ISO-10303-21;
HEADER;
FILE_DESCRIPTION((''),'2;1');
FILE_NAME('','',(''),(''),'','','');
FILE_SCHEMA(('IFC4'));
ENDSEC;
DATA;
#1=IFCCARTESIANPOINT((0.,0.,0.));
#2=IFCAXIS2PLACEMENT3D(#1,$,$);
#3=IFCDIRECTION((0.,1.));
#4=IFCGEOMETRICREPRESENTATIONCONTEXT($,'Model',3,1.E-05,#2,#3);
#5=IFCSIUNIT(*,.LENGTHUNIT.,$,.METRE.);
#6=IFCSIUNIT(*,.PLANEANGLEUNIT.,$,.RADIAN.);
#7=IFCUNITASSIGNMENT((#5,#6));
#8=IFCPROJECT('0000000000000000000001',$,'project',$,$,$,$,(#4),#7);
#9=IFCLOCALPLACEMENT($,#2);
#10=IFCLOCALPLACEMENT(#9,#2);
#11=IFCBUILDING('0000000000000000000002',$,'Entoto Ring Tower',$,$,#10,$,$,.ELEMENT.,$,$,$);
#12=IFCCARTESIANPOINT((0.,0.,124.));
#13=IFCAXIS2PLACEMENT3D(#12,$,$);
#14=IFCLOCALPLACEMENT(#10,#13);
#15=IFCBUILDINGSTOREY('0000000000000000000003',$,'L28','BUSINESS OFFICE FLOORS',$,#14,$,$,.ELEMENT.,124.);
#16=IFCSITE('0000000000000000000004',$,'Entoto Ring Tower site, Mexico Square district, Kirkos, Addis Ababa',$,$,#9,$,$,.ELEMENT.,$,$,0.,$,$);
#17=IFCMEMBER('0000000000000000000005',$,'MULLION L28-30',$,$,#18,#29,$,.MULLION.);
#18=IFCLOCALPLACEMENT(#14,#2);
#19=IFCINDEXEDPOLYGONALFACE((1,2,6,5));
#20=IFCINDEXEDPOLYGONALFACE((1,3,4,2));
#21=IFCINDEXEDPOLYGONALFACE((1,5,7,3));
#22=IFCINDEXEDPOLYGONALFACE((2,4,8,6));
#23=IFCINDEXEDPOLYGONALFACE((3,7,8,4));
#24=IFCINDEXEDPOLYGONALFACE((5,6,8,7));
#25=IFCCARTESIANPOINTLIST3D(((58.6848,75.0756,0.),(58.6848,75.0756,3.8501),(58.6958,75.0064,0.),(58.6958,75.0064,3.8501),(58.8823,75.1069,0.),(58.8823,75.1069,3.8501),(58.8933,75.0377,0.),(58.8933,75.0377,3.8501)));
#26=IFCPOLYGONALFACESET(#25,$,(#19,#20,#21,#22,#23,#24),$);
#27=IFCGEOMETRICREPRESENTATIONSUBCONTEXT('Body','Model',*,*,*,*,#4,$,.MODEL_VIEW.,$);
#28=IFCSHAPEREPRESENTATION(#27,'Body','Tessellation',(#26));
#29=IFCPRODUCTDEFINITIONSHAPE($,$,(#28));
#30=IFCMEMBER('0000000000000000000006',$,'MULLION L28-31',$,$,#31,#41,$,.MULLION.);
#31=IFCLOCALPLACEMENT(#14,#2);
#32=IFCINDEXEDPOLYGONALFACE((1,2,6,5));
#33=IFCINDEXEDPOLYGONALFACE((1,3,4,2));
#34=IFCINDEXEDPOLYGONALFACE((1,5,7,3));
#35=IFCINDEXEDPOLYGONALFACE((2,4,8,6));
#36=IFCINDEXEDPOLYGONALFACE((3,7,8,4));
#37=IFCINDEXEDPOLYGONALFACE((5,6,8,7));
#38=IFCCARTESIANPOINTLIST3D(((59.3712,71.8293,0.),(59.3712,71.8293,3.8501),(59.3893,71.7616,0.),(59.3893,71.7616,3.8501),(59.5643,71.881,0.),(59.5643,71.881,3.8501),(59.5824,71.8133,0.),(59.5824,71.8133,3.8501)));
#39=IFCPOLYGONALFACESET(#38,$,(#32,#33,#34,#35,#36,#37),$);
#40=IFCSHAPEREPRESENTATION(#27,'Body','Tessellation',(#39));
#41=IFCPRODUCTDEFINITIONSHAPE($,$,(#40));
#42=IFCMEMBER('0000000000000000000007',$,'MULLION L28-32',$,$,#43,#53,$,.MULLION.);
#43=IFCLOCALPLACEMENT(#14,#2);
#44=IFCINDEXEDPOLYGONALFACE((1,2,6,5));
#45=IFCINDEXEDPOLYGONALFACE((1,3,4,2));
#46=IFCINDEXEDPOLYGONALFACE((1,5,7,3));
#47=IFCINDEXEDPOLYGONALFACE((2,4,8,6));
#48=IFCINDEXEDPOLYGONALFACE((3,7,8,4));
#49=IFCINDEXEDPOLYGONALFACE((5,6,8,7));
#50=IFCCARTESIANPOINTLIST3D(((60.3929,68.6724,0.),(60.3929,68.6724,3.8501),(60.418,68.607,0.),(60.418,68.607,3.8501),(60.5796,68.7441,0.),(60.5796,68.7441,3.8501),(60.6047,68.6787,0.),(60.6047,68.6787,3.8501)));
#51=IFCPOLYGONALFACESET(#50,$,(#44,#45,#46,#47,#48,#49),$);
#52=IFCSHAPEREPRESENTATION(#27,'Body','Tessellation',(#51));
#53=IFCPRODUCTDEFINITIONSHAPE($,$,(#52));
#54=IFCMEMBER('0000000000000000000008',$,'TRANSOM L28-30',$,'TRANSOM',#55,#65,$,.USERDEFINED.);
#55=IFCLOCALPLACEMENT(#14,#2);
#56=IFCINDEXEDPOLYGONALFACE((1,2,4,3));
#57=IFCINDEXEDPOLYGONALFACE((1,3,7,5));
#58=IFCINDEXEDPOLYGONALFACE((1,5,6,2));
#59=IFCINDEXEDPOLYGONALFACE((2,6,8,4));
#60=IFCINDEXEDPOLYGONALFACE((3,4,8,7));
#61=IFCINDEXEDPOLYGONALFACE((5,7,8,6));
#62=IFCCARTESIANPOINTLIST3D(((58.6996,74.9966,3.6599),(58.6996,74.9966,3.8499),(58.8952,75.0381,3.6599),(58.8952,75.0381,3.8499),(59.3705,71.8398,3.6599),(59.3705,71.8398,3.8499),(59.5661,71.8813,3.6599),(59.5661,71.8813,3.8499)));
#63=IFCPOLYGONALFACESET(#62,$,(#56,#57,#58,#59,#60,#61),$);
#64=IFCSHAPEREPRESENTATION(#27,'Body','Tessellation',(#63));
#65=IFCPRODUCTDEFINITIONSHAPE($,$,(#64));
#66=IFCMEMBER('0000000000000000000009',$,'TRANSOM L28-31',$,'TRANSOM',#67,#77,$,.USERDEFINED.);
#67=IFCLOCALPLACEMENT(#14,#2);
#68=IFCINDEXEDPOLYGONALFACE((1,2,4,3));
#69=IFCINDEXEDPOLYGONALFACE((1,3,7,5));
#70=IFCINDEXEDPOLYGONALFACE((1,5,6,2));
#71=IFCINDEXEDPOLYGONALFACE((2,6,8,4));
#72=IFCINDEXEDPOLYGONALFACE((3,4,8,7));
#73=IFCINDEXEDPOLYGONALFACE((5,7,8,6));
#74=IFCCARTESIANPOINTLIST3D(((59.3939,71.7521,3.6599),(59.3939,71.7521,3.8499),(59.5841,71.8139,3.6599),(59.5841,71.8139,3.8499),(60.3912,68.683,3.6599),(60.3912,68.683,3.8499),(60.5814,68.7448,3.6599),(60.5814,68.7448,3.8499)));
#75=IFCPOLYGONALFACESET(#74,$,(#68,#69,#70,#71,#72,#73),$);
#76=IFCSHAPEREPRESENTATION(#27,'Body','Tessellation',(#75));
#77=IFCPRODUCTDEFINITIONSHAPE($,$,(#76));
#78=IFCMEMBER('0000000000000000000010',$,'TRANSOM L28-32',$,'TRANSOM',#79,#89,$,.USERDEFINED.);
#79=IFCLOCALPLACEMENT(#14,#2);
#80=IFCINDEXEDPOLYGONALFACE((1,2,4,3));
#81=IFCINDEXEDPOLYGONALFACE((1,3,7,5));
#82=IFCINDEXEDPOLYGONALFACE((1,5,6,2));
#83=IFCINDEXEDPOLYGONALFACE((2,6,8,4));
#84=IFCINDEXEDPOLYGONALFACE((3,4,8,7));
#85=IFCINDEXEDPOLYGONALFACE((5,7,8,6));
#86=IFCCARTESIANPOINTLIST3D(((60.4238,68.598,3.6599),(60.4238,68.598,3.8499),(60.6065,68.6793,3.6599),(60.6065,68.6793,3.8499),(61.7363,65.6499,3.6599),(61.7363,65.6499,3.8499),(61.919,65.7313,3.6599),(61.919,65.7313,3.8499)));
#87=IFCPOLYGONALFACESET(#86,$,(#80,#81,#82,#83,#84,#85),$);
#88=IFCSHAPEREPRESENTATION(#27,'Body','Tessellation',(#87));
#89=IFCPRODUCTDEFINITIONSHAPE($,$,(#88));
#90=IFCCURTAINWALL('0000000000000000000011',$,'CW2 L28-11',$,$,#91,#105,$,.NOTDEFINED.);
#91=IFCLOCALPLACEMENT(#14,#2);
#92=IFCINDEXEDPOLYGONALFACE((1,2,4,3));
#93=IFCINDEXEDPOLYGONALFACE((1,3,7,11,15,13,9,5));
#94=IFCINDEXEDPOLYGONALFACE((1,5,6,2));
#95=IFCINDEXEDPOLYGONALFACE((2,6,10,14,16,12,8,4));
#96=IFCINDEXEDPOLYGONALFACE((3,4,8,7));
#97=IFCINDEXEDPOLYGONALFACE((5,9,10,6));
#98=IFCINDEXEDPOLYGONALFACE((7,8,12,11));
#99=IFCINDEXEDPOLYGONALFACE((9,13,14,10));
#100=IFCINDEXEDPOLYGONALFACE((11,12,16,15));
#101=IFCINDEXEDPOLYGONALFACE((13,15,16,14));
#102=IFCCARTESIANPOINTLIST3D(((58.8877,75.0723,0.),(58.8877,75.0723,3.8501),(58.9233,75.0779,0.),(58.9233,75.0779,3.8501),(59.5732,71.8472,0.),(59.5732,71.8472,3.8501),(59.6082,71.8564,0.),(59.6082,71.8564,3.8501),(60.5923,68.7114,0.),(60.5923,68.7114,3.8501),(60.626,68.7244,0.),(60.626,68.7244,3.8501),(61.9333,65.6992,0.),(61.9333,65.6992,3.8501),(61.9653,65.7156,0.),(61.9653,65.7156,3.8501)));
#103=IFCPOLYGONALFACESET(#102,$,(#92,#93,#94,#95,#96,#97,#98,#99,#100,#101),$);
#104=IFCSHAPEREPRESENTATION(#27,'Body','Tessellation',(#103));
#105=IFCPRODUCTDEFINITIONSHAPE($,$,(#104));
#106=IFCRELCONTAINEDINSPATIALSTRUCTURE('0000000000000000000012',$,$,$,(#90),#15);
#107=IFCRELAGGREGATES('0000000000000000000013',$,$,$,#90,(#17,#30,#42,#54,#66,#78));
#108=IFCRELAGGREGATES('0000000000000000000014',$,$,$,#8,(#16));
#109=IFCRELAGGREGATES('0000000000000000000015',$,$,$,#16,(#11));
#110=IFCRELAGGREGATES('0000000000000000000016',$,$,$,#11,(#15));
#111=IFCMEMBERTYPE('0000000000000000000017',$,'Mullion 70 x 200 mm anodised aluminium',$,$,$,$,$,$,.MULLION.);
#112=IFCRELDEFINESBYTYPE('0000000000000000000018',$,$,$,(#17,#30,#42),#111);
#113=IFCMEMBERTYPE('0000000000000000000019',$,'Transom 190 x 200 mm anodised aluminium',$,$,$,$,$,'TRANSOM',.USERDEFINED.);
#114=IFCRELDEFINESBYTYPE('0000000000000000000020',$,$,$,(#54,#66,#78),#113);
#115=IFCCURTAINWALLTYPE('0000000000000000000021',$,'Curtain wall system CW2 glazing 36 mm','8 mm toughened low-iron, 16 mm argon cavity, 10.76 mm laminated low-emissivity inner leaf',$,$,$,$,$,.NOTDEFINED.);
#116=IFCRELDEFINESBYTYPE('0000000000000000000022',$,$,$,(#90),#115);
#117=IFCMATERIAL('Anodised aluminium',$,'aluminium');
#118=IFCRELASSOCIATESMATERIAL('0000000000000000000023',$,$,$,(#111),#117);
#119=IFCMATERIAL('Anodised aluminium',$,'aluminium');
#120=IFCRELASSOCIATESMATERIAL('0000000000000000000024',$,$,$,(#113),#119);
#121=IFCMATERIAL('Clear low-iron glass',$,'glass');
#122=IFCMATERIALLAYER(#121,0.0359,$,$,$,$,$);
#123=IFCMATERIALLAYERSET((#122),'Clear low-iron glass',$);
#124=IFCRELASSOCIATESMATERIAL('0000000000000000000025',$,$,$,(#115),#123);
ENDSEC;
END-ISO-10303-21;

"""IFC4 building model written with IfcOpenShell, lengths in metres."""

from ifc_helpers import new_model, si_unit, direction, frame, origin, origin_2d, place, context, subcontext, project, spatial, polyline, rectangle, outline, extrude, material, layer, layer_set, material_profile, profile_set, type_object, element, aggregate, save


model = new_model("IFC4")

# Units and contexts
model_context = context("Model", 3, precision=1e-05, world=origin(), true_north=direction((0.0, 1.0)))
body_context = subcontext(model_context, "Body", "Model", "MODEL_VIEW")
ifc_project = project(units=[si_unit("LENGTHUNIT", "METRE"), si_unit("PLANEANGLEUNIT", "RADIAN")], contexts=[model_context])

# Members
ifc_material_1 = material(Name="Anodised aluminium", Category="aluminium")
ifc_material_profile_1 = material_profile(ifc_material_1, rectangle(XDim=0.0701, YDim=0.2, at=origin_2d()), Name="Mullion 70 x 200 mm anodised aluminium")
ifc_profile_set_1 = profile_set([ifc_material_profile_1], Name="Anodised aluminium")
member_type_1 = type_object("IfcMemberType", Name="Mullion 70 x 200 mm anodised aluminium", PredefinedType="MULLION", material=ifc_profile_set_1)
site_placement = place(None, origin())
building_placement = place(site_placement, origin())
storey_placement = place(building_placement, frame((0.0, 0.0, 124.0)))
member_1_placement = place(storey_placement, frame((58.7891, 75.0566, 0.0), z_axis=(0.0, 0.0, 1.0), x_axis=(0.156434, -0.987688, 0.0)))
member_1 = element("IfcMember", 1, at=member_1_placement, type_object=member_type_1, Name="MULLION L28-30", PredefinedType="MULLION", context=body_context, shape_type="SweptSolid", body=[
    extrude(rectangle(XDim=0.0701, YDim=0.2, at=origin_2d()), origin(), (0.0, 0.0, 1.0), 3.8501),
])
member_2_placement = place(storey_placement, frame((59.4768, 71.8213, 0.0), z_axis=(0.0, 0.0, 1.0), x_axis=(0.258819, -0.965926, 0.0)))
member_2 = element("IfcMember", 2, at=member_2_placement, type_object=member_type_1, Name="MULLION L28-31", PredefinedType="MULLION", context=body_context, shape_type="SweptSolid", body=[
    extrude(rectangle(XDim=0.0701, YDim=0.2, at=origin_2d()), origin(), (0.0, 0.0, 1.0), 3.8501),
])
member_3_placement = place(storey_placement, frame((60.4988, 68.6755, 0.0), z_axis=(0.0, 0.0, 1.0), x_axis=(0.358368, -0.93358, 0.0)))
member_3 = element("IfcMember", 3, at=member_3_placement, type_object=member_type_1, Name="MULLION L28-32", PredefinedType="MULLION", context=body_context, shape_type="SweptSolid", body=[
    extrude(rectangle(XDim=0.0701, YDim=0.2, at=origin_2d()), origin(), (0.0, 0.0, 1.0), 3.8501),
])
ifc_material_2 = material(Name="Anodised aluminium", Category="aluminium")
ifc_material_profile_2 = material_profile(ifc_material_2, rectangle(XDim=0.2, YDim=0.1899, at=origin_2d()), Name="Transom 190 x 200 mm anodised aluminium")
ifc_profile_set_2 = profile_set([ifc_material_profile_2], Name="Anodised aluminium")
member_type_2 = type_object("IfcMemberType", Name="Transom 190 x 200 mm anodised aluminium", ElementType="TRANSOM", PredefinedType="USERDEFINED", material=ifc_profile_set_2)
member_4_placement = place(storey_placement, frame((58.7974, 75.0173, 3.7549), z_axis=(0.207886, -0.978153, 0.0), x_axis=(0.978153, 0.207886, 0.0)))
member_4 = element("IfcMember", 4, at=member_4_placement, type_object=member_type_2, Name="TRANSOM L28-30", ObjectType="TRANSOM", PredefinedType="USERDEFINED", context=body_context, shape_type="SweptSolid", body=[
    extrude(rectangle(XDim=0.2, YDim=0.1899, at=origin_2d()), origin(), (0.0, 0.0, 1.0), 3.2273),
])
member_5_placement = place(storey_placement, frame((59.489, 71.783, 3.7549), z_axis=(0.309047, -0.951047, 0.0), x_axis=(0.951047, 0.309047, 0.0)))
member_5 = element("IfcMember", 5, at=member_5_placement, type_object=member_type_2, Name="TRANSOM L28-31", ObjectType="TRANSOM", PredefinedType="USERDEFINED", context=body_context, shape_type="SweptSolid", body=[
    extrude(rectangle(XDim=0.2, YDim=0.1899, at=origin_2d()), origin(), (0.0, 0.0, 1.0), 3.2271),
])
member_6_placement = place(storey_placement, frame((60.5151, 68.6387, 3.7549), z_axis=(0.406728, -0.913549, 0.0), x_axis=(0.913549, 0.406728, 0.0)))
member_6 = element("IfcMember", 6, at=member_6_placement, type_object=member_type_2, Name="TRANSOM L28-32", ObjectType="TRANSOM", PredefinedType="USERDEFINED", context=body_context, shape_type="SweptSolid", body=[
    extrude(rectangle(XDim=0.2, YDim=0.1899, at=origin_2d()), origin(), (0.0, 0.0, 1.0), 3.2271),
])

# Site, building, storey
site = spatial("IfcSite", under=ifc_project, at=site_placement, Name="Entoto Ring Tower site, Mexico Square district, Kirkos, Addis Ababa", CompositionType="ELEMENT", RefElevation=0.0)
building = spatial("IfcBuilding", under=site, at=building_placement, Name="Entoto Ring Tower", CompositionType="ELEMENT")
storey = spatial("IfcBuildingStorey", under=building, at=storey_placement, Name="L28", Description="BUSINESS OFFICE FLOORS", CompositionType="ELEMENT", Elevation=124.0)

# Curtain wall
ifc_material_3 = material(Name="Clear low-iron glass", Category="glass")
ifc_layer = layer(ifc_material_3, 0.0359)
ifc_layer_set = layer_set([ifc_layer], Name="Clear low-iron glass")
curtain_wall_type = type_object("IfcCurtainWallType", Name="Curtain wall system CW2 glazing 36 mm", Description="8 mm toughened low-iron, 16 mm argon cavity, 10.76 mm laminated low-emissivity inner leaf", PredefinedType="NOTDEFINED", material=ifc_layer_set)
curtain_wall_1_placement = place(storey_placement, origin())
curtain_wall_1 = element("IfcCurtainWall", 7, at=curtain_wall_1_placement, inside=storey, type_object=curtain_wall_type, Name="CW2 L28-11", PredefinedType="NOTDEFINED", context=body_context, shape_type="SweptSolid", body=[
    extrude(outline(polyline([(58.8877, 75.0723), (59.5732, 71.8472), (60.5923, 68.7114), (61.9333, 65.6992), (61.9653, 65.7156), (60.626, 68.7244), (59.6082, 71.8564), (58.9233, 75.0779), (58.8877, 75.0723)])), origin(), (0.0, 0.0, 1.0), 3.8501),
])
aggregate(curtain_wall_1, [member_1, member_2, member_3, member_4, member_5, member_6])

save(model, "model.ifc")
